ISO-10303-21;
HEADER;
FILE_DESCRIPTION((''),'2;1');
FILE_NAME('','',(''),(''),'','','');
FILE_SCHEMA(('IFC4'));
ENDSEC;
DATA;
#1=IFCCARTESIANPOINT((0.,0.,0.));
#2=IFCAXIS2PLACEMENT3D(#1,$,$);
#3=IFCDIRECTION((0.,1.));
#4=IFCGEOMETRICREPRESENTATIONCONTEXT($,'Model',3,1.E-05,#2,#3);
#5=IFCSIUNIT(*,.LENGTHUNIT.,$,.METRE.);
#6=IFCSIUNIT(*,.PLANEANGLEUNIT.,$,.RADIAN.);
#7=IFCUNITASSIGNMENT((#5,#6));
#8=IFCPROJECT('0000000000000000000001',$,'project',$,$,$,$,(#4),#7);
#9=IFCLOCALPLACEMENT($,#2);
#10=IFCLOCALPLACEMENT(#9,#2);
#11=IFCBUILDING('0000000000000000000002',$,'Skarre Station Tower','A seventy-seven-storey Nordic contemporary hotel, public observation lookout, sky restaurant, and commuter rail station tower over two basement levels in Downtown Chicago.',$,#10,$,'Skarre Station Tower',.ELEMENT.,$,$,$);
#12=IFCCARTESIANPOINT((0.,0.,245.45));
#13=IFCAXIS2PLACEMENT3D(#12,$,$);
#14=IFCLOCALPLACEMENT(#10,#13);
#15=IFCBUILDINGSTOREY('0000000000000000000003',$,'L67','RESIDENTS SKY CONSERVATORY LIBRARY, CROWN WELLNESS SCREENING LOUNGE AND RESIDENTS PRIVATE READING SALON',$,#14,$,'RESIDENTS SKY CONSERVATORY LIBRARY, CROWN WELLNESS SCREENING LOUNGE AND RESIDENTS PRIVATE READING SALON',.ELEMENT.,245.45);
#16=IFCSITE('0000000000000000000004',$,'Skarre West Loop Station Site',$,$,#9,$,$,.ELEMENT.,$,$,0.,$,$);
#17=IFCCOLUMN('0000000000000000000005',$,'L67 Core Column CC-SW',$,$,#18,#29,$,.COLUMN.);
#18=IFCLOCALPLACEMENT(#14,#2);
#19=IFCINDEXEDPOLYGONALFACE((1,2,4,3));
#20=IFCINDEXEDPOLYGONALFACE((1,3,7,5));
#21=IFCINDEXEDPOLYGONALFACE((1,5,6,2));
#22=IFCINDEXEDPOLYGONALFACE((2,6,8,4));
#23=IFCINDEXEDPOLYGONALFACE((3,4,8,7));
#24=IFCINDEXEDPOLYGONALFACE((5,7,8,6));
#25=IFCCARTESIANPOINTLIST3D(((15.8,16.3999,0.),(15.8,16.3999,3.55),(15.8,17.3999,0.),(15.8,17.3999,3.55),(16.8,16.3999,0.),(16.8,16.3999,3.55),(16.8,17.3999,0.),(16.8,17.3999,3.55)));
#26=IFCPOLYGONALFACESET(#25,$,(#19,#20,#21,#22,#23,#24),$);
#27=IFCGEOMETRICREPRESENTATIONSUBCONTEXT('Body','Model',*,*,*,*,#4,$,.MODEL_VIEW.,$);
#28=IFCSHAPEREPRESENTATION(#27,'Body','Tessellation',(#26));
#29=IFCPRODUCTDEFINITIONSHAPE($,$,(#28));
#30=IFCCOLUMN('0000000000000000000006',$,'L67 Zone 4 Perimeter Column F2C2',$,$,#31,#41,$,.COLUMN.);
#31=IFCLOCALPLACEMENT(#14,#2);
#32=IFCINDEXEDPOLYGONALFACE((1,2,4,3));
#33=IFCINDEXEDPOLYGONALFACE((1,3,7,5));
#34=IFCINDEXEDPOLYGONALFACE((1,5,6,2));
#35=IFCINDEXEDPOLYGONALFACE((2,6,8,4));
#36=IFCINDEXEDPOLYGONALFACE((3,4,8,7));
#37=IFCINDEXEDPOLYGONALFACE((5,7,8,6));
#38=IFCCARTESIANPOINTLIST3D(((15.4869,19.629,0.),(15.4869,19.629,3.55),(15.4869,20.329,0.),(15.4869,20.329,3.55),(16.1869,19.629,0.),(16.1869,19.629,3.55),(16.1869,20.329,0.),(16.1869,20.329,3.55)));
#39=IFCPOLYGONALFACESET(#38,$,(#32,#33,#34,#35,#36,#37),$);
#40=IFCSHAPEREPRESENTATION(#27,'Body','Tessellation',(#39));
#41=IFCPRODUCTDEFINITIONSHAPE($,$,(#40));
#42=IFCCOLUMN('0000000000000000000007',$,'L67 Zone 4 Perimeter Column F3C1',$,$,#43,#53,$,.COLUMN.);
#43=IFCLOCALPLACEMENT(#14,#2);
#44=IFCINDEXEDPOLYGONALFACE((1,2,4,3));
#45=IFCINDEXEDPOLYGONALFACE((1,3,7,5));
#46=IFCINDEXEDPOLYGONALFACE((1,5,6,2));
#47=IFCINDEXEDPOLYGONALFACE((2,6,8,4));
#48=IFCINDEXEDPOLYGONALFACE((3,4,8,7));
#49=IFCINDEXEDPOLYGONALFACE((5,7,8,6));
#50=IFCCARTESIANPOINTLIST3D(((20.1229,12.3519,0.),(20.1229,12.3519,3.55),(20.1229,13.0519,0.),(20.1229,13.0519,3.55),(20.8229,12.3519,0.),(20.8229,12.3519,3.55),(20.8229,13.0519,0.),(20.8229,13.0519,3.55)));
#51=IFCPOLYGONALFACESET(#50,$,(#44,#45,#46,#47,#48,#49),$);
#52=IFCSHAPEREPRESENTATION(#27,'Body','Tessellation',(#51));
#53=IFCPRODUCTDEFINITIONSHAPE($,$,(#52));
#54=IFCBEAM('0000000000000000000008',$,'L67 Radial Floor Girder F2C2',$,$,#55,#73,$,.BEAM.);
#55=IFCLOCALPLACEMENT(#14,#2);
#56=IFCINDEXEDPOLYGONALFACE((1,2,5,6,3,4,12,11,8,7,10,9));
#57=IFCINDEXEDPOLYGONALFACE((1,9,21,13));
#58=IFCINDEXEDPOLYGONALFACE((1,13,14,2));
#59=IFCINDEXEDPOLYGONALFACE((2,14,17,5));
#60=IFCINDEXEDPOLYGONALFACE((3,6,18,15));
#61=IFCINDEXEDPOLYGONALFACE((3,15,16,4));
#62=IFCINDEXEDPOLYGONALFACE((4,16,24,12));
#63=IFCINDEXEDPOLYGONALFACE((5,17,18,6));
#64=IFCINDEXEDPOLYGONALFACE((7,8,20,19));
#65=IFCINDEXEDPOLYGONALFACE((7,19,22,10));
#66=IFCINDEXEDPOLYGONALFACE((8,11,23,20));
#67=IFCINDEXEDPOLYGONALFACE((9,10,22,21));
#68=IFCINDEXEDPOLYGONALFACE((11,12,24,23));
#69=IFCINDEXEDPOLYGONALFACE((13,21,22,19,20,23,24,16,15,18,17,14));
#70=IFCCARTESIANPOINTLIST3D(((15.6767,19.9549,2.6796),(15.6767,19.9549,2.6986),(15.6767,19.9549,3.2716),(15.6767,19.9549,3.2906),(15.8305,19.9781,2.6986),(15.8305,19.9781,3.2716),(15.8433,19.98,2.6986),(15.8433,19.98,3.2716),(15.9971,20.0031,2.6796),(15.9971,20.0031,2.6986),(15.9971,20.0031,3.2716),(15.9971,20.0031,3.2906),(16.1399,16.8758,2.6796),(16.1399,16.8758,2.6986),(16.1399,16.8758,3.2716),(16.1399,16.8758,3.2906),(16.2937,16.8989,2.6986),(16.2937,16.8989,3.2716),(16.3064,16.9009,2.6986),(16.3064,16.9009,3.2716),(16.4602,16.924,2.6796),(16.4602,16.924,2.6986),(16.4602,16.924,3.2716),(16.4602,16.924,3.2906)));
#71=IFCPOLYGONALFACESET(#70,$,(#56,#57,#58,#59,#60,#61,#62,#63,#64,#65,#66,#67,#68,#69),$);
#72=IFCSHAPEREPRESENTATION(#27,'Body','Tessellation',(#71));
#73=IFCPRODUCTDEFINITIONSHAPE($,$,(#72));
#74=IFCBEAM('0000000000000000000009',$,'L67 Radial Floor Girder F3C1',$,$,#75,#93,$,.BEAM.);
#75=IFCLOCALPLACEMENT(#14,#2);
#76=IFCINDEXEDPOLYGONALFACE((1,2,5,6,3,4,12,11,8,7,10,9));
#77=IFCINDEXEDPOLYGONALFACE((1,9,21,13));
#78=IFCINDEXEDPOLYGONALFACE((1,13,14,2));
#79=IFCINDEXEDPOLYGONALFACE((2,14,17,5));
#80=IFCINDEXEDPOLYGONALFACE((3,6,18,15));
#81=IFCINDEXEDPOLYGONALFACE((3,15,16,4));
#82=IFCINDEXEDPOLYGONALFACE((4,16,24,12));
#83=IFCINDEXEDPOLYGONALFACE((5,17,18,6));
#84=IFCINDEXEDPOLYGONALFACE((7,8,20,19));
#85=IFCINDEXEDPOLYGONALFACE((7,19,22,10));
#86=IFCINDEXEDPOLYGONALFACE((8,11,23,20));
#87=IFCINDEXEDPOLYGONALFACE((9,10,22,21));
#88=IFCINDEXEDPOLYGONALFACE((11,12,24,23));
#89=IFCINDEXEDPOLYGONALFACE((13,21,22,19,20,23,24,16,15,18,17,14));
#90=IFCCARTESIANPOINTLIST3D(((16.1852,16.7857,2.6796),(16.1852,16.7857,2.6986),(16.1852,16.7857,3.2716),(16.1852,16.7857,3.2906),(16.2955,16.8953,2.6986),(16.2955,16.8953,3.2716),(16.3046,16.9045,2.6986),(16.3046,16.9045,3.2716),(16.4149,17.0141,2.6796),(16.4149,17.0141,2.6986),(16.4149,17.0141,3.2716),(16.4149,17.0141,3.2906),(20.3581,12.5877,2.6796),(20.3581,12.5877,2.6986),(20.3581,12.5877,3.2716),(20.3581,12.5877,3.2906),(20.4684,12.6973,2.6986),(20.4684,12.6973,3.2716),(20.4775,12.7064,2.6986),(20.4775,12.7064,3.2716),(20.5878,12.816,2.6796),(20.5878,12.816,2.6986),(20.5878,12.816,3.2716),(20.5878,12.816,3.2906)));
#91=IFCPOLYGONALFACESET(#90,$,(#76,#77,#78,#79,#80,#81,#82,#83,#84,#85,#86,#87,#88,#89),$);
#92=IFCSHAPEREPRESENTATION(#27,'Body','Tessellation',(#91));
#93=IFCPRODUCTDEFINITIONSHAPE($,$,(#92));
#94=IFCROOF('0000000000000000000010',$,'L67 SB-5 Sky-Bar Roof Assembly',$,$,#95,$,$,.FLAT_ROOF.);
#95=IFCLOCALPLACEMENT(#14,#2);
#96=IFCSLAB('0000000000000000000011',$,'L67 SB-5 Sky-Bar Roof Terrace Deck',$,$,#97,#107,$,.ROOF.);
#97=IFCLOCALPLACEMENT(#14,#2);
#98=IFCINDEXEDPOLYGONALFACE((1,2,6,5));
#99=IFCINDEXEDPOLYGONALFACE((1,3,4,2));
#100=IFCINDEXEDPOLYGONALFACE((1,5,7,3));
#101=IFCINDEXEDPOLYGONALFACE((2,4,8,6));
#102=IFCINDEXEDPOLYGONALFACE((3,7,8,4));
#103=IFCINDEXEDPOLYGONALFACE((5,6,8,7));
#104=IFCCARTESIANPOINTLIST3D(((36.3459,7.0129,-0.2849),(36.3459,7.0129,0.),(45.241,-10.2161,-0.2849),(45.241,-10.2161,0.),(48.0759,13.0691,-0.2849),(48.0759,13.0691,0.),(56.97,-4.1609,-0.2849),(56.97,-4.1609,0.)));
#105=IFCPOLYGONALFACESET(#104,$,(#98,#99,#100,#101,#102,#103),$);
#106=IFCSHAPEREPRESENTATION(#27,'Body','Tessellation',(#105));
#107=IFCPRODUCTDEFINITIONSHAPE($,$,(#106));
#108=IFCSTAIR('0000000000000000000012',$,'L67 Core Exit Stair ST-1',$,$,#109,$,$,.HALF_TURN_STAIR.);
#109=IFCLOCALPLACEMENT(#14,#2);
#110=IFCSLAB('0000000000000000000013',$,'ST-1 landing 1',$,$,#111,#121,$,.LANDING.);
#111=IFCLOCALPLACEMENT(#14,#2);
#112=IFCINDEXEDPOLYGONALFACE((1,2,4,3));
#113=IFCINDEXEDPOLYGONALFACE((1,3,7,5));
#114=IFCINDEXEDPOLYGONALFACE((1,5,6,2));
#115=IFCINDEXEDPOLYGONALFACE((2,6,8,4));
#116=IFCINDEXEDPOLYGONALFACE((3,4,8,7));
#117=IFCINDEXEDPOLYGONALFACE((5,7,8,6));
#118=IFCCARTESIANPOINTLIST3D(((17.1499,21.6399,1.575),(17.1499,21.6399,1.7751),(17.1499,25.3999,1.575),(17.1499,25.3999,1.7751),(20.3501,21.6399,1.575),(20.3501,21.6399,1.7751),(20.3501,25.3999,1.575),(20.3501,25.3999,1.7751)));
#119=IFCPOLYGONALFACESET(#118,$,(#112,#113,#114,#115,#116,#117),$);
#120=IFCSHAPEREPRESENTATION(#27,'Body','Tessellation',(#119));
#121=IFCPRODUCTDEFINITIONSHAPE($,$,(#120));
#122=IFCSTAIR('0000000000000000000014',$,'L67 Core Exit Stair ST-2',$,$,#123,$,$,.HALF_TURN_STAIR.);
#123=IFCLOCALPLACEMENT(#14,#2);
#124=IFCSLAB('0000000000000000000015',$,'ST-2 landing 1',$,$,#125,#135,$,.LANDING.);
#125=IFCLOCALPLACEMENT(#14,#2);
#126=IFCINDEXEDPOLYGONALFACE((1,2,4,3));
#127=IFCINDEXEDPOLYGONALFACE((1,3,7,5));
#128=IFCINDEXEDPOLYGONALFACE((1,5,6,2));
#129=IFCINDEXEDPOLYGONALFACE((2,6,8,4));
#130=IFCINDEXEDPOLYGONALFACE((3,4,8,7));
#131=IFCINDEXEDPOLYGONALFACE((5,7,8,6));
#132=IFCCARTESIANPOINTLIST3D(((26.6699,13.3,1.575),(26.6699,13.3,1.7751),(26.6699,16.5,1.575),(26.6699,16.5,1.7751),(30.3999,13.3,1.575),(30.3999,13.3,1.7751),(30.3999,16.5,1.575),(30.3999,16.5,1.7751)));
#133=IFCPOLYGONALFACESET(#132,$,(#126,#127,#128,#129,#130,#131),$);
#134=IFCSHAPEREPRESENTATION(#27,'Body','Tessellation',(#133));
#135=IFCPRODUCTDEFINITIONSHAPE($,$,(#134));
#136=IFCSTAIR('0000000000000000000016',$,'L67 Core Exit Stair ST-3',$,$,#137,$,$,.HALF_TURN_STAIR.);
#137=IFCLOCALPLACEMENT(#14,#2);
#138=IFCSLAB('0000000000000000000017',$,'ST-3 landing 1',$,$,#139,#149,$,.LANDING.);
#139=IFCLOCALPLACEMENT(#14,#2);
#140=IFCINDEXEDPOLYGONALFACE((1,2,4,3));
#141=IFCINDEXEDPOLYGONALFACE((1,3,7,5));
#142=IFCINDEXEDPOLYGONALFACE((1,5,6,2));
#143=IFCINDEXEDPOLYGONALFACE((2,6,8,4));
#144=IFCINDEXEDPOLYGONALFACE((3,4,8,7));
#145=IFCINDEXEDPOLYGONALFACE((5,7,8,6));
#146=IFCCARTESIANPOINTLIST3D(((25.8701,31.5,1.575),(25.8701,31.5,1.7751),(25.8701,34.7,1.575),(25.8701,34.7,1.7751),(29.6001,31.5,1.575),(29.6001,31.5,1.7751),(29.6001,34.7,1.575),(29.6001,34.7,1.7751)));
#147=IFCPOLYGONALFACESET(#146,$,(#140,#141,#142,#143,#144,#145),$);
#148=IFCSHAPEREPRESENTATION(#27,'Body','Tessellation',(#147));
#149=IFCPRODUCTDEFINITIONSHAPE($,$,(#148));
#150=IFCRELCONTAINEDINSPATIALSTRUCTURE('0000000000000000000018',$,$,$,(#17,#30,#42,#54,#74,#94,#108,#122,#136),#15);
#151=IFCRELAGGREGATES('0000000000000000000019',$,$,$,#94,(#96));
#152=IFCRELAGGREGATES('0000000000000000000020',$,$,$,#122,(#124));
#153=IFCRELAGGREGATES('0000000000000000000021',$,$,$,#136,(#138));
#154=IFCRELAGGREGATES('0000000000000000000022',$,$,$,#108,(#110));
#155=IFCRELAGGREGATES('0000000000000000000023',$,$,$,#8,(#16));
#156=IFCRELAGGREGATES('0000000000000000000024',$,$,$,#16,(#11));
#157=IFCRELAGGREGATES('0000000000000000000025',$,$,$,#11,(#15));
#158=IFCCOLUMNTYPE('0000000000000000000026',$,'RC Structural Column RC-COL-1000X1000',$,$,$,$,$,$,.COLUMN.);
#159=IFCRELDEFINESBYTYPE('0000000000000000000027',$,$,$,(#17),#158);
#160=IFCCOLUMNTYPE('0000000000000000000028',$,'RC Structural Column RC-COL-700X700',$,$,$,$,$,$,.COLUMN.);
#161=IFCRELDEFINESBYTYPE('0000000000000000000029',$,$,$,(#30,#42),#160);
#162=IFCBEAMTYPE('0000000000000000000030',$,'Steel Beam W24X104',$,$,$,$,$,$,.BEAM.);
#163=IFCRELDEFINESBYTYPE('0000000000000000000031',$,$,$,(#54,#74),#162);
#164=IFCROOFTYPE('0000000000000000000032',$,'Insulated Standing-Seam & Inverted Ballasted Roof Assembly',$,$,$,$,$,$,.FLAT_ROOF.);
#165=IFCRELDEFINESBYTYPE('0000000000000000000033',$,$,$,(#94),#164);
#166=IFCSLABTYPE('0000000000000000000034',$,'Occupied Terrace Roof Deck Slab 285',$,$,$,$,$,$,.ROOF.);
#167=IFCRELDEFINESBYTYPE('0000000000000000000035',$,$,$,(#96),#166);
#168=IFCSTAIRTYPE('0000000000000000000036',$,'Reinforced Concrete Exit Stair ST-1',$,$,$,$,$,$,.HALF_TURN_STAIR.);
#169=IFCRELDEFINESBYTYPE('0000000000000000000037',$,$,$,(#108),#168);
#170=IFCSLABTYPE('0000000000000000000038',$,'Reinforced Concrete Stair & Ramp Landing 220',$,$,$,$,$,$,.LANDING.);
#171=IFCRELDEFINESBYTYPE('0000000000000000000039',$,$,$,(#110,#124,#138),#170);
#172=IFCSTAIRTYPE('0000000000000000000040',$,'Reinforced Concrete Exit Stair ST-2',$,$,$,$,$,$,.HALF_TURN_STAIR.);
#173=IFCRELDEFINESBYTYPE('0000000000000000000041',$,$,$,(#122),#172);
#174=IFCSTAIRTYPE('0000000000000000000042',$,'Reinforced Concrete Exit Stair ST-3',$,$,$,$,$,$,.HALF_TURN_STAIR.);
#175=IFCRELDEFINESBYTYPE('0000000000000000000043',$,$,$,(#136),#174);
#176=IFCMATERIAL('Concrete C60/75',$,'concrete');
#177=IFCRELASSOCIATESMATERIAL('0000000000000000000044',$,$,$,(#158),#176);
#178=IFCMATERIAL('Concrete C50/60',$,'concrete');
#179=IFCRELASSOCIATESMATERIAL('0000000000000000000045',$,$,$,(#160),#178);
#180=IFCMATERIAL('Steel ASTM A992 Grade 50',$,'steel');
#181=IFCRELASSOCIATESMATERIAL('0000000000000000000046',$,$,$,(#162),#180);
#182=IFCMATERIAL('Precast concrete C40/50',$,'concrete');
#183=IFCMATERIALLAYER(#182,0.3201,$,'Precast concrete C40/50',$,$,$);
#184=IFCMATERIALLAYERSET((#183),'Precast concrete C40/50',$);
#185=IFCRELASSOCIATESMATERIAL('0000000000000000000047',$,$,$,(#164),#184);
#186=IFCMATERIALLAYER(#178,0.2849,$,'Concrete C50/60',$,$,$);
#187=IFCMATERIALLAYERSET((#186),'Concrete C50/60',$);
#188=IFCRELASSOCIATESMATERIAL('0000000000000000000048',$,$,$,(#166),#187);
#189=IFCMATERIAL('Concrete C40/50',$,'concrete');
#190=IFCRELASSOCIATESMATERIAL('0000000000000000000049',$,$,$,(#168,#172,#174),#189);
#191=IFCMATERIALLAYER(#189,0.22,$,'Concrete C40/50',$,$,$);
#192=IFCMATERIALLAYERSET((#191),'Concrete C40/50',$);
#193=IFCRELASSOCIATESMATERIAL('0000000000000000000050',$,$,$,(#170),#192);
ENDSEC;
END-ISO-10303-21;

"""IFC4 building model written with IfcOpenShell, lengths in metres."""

from ifc_helpers import new_model, si_unit, direction, frame, origin, origin_2d, place, context, subcontext, project, spatial, polyline, rectangle, i_section, outline, extrude, material, layer, layer_set, material_profile, profile_set, type_object, element, aggregate, save


model = new_model("IFC4")

# Units and contexts
model_context = context("Model", 3, precision=1e-05, world=origin(), true_north=direction((0.0, 1.0)))
body_context = subcontext(model_context, "Body", "Model", "MODEL_VIEW")
ifc_project = project(units=[si_unit("LENGTHUNIT", "METRE"), si_unit("PLANEANGLEUNIT", "RADIAN")], contexts=[model_context])

# Site, building, storey
site_placement = place(None, origin())
site = spatial("IfcSite", under=ifc_project, at=site_placement, Name="Skarre West Loop Station Site", CompositionType="ELEMENT", RefElevation=0.0)
building_placement = place(site_placement, origin())
building = spatial("IfcBuilding", under=site, at=building_placement, Name="Skarre Station Tower", Description="A seventy-seven-storey Nordic contemporary hotel, public observation lookout, sky restaurant, and commuter rail station tower over two basement levels in Downtown Chicago.", LongName="Skarre Station Tower", CompositionType="ELEMENT")
storey_placement = place(building_placement, frame((0.0, 0.0, 245.45)))
storey = spatial("IfcBuildingStorey", under=building, at=storey_placement, Name="L67", Description="RESIDENTS SKY CONSERVATORY LIBRARY, CROWN WELLNESS SCREENING LOUNGE AND RESIDENTS PRIVATE READING SALON", LongName="RESIDENTS SKY CONSERVATORY LIBRARY, CROWN WELLNESS SCREENING LOUNGE AND RESIDENTS PRIVATE READING SALON", CompositionType="ELEMENT", Elevation=245.45)

# Columns
ifc_material_1 = material(Name="Concrete C60/75", Category="concrete")
ifc_material_profile_1 = material_profile(ifc_material_1, rectangle(XDim=1.0, YDim=1.0, at=origin_2d()), Name="Concrete C60/75")
ifc_profile_set_1 = profile_set([ifc_material_profile_1], Name="Concrete C60/75")
column_type_1 = type_object("IfcColumnType", Name="RC Structural Column RC-COL-1000X1000", PredefinedType="COLUMN", material=ifc_profile_set_1)
column_placement = place(storey_placement, frame((16.3, 16.8999, 0.0), z_axis=(0.0, 0.0, 1.0), x_axis=(1.0, 0.0, 0.0)))
element("IfcColumn", 1, at=column_placement, inside=storey, type_object=column_type_1, Name="L67 Core Column CC-SW", PredefinedType="COLUMN", context=body_context, shape_type="SweptSolid", body=[
    extrude(rectangle(XDim=1.0, YDim=1.0, at=origin_2d()), origin(), (0.0, 0.0, 1.0), 3.55),
])
ifc_material_2 = material(Name="Concrete C50/60", Category="concrete")
ifc_material_profile_2 = material_profile(ifc_material_2, rectangle(XDim=0.7, YDim=0.7, at=origin_2d()), Name="Concrete C50/60")
ifc_profile_set_2 = profile_set([ifc_material_profile_2], Name="Concrete C50/60")
column_type_2 = type_object("IfcColumnType", Name="RC Structural Column RC-COL-700X700", PredefinedType="COLUMN", material=ifc_profile_set_2)
for number, where, z_axis, x_axis, name in (
    (2, (15.8369, 19.979, 0.0), (0.0, 0.0, 1.0), (1.0, 0.0, 0.0), "L67 Zone 4 Perimeter Column F2C2"),
    (3, (20.4729, 12.7019, 0.0), (0.0, 0.0, 1.0), (1.0, 0.0, 0.0), "L67 Zone 4 Perimeter Column F3C1"),
):
    element("IfcColumn", number, at=place(storey_placement, frame(where, z_axis=z_axis, x_axis=x_axis)), inside=storey, type_object=column_type_2, Name=name, PredefinedType="COLUMN", context=body_context, shape_type="SweptSolid", body=[
        extrude(rectangle(XDim=0.7, YDim=0.7, at=origin_2d()), origin(), (0.0, 0.0, 1.0), 3.55),
    ])

# Beams
ifc_material_3 = material(Name="Steel ASTM A992 Grade 50", Category="steel")
ifc_material_profile_3 = material_profile(ifc_material_3, i_section(OverallWidth=0.324, OverallDepth=0.6111, WebThickness=0.0129, FlangeThickness=0.019, at=origin_2d()), Name="Steel ASTM A992 Grade 50")
ifc_profile_set_3 = profile_set([ifc_material_profile_3], Name="Steel ASTM A992 Grade 50")
beam_type = type_object("IfcBeamType", Name="Steel Beam W24X104", PredefinedType="BEAM", material=ifc_profile_set_3)
beam_1_placement = place(storey_placement, frame((16.3, 16.8999, 2.9851), z_axis=(-0.148739, 0.988876, 0.0), x_axis=(-0.988876, -0.148739, 0.0)))
element("IfcBeam", 4, at=beam_1_placement, inside=storey, type_object=beam_type, Name="L67 Radial Floor Girder F2C2", PredefinedType="BEAM", context=body_context, shape_type="SweptSolid", body=[
    extrude(i_section(OverallWidth=0.324, OverallDepth=0.6111, WebThickness=0.0129, FlangeThickness=0.019, at=origin_2d()), origin(), (0.0, 0.0, 1.0), 3.1138),
])
beam_2_placement = place(storey_placement, frame((16.3, 16.8999, 2.9851), z_axis=(0.704979, -0.709228, 0.0), x_axis=(0.709228, 0.704979, 0.0)))
element("IfcBeam", 5, at=beam_2_placement, inside=storey, type_object=beam_type, Name="L67 Radial Floor Girder F3C1", PredefinedType="BEAM", context=body_context, shape_type="SweptSolid", body=[
    extrude(i_section(OverallWidth=0.324, OverallDepth=0.6111, WebThickness=0.0129, FlangeThickness=0.019, at=origin_2d()), origin(), (0.0, 0.0, 1.0), 5.9192),
])

# Roof, slab
ifc_material_4 = material(Name="Precast concrete C40/50", Category="concrete")
ifc_layer_1 = layer(ifc_material_4, 0.3201, Name="Precast concrete C40/50")
ifc_layer_set_1 = layer_set([ifc_layer_1], Name="Precast concrete C40/50")
roof_type = type_object("IfcRoofType", Name="Insulated Standing-Seam & Inverted Ballasted Roof Assembly", PredefinedType="FLAT_ROOF", material=ifc_layer_set_1)
roof_placement = place(storey_placement, origin())
roof = element("IfcRoof", 6, at=roof_placement, inside=storey, type_object=roof_type, Name="L67 SB-5 Sky-Bar Roof Assembly", PredefinedType="FLAT_ROOF")
ifc_layer_2 = layer(ifc_material_2, 0.2849, Name="Concrete C50/60")
ifc_layer_set_2 = layer_set([ifc_layer_2], Name="Concrete C50/60")
slab_type_1 = type_object("IfcSlabType", Name="Occupied Terrace Roof Deck Slab 285", PredefinedType="ROOF", material=ifc_layer_set_2)
slab_1_placement = place(storey_placement, frame((0.0, 0.0, -0.2849)))
slab_1 = element("IfcSlab", 7, at=slab_1_placement, type_object=slab_type_1, Name="L67 SB-5 Sky-Bar Roof Terrace Deck", PredefinedType="ROOF", context=body_context, shape_type="SweptSolid", body=[
    extrude(outline(polyline([(48.0759, 13.0691), (36.3459, 7.0129), (45.241, -10.2161), (56.97, -4.1609), (48.0759, 13.0691)])), origin(), (0.0, 0.0, 1.0), 0.2849),
])
aggregate(roof, [slab_1])

# Stairs, slabs
ifc_material_5 = material(Name="Concrete C40/50", Category="concrete")
stair_type_1 = type_object("IfcStairType", Name="Reinforced Concrete Exit Stair ST-1", PredefinedType="HALF_TURN_STAIR", material=ifc_material_5)
stair_1_placement = place(storey_placement, origin())
stair_1 = element("IfcStair", 8, at=stair_1_placement, inside=storey, type_object=stair_type_1, Name="L67 Core Exit Stair ST-1", PredefinedType="HALF_TURN_STAIR")
ifc_layer_3 = layer(ifc_material_5, 0.22, Name="Concrete C40/50")
ifc_layer_set_3 = layer_set([ifc_layer_3], Name="Concrete C40/50")
slab_type_2 = type_object("IfcSlabType", Name="Reinforced Concrete Stair & Ramp Landing 220", PredefinedType="LANDING", material=ifc_layer_set_3)
slab_2_placement = place(storey_placement, frame((0.0, 0.0, 1.575)))
slab_2 = element("IfcSlab", 9, at=slab_2_placement, type_object=slab_type_2, Name="ST-1 landing 1", PredefinedType="LANDING", context=body_context, shape_type="SweptSolid", body=[
    extrude(outline(polyline([(20.3501, 21.6399), (20.3501, 25.3999), (17.1499, 25.3999), (17.1499, 21.6399), (20.3501, 21.6399)])), origin(), (0.0, 0.0, 1.0), 0.2002),
])
stair_type_2 = type_object("IfcStairType", Name="Reinforced Concrete Exit Stair ST-2", PredefinedType="HALF_TURN_STAIR", material=ifc_material_5)
stair_2_placement = place(storey_placement, origin())
stair_2 = element("IfcStair", 10, at=stair_2_placement, inside=storey, type_object=stair_type_2, Name="L67 Core Exit Stair ST-2", PredefinedType="HALF_TURN_STAIR")
slab_3_placement = place(storey_placement, frame((0.0, 0.0, 1.575)))
slab_3 = element("IfcSlab", 11, at=slab_3_placement, type_object=slab_type_2, Name="ST-2 landing 1", PredefinedType="LANDING", context=body_context, shape_type="SweptSolid", body=[
    extrude(outline(polyline([(26.6699, 13.3), (30.3999, 13.3), (30.3999, 16.5), (26.6699, 16.5), (26.6699, 13.3)])), origin(), (0.0, 0.0, 1.0), 0.2002),
])
aggregate(stair_2, [slab_3])
stair_type_3 = type_object("IfcStairType", Name="Reinforced Concrete Exit Stair ST-3", PredefinedType="HALF_TURN_STAIR", material=ifc_material_5)
stair_3_placement = place(storey_placement, origin())
stair_3 = element("IfcStair", 12, at=stair_3_placement, inside=storey, type_object=stair_type_3, Name="L67 Core Exit Stair ST-3", PredefinedType="HALF_TURN_STAIR")
slab_4_placement = place(storey_placement, frame((0.0, 0.0, 1.575)))
slab_4 = element("IfcSlab", 13, at=slab_4_placement, type_object=slab_type_2, Name="ST-3 landing 1", PredefinedType="LANDING", context=body_context, shape_type="SweptSolid", body=[
    extrude(outline(polyline([(25.8701, 31.5), (29.6001, 31.5), (29.6001, 34.7), (25.8701, 34.7), (25.8701, 31.5)])), origin(), (0.0, 0.0, 1.0), 0.2002),
])
aggregate(stair_3, [slab_4])

aggregate(stair_1, [slab_2])

save(model, "model.ifc")
